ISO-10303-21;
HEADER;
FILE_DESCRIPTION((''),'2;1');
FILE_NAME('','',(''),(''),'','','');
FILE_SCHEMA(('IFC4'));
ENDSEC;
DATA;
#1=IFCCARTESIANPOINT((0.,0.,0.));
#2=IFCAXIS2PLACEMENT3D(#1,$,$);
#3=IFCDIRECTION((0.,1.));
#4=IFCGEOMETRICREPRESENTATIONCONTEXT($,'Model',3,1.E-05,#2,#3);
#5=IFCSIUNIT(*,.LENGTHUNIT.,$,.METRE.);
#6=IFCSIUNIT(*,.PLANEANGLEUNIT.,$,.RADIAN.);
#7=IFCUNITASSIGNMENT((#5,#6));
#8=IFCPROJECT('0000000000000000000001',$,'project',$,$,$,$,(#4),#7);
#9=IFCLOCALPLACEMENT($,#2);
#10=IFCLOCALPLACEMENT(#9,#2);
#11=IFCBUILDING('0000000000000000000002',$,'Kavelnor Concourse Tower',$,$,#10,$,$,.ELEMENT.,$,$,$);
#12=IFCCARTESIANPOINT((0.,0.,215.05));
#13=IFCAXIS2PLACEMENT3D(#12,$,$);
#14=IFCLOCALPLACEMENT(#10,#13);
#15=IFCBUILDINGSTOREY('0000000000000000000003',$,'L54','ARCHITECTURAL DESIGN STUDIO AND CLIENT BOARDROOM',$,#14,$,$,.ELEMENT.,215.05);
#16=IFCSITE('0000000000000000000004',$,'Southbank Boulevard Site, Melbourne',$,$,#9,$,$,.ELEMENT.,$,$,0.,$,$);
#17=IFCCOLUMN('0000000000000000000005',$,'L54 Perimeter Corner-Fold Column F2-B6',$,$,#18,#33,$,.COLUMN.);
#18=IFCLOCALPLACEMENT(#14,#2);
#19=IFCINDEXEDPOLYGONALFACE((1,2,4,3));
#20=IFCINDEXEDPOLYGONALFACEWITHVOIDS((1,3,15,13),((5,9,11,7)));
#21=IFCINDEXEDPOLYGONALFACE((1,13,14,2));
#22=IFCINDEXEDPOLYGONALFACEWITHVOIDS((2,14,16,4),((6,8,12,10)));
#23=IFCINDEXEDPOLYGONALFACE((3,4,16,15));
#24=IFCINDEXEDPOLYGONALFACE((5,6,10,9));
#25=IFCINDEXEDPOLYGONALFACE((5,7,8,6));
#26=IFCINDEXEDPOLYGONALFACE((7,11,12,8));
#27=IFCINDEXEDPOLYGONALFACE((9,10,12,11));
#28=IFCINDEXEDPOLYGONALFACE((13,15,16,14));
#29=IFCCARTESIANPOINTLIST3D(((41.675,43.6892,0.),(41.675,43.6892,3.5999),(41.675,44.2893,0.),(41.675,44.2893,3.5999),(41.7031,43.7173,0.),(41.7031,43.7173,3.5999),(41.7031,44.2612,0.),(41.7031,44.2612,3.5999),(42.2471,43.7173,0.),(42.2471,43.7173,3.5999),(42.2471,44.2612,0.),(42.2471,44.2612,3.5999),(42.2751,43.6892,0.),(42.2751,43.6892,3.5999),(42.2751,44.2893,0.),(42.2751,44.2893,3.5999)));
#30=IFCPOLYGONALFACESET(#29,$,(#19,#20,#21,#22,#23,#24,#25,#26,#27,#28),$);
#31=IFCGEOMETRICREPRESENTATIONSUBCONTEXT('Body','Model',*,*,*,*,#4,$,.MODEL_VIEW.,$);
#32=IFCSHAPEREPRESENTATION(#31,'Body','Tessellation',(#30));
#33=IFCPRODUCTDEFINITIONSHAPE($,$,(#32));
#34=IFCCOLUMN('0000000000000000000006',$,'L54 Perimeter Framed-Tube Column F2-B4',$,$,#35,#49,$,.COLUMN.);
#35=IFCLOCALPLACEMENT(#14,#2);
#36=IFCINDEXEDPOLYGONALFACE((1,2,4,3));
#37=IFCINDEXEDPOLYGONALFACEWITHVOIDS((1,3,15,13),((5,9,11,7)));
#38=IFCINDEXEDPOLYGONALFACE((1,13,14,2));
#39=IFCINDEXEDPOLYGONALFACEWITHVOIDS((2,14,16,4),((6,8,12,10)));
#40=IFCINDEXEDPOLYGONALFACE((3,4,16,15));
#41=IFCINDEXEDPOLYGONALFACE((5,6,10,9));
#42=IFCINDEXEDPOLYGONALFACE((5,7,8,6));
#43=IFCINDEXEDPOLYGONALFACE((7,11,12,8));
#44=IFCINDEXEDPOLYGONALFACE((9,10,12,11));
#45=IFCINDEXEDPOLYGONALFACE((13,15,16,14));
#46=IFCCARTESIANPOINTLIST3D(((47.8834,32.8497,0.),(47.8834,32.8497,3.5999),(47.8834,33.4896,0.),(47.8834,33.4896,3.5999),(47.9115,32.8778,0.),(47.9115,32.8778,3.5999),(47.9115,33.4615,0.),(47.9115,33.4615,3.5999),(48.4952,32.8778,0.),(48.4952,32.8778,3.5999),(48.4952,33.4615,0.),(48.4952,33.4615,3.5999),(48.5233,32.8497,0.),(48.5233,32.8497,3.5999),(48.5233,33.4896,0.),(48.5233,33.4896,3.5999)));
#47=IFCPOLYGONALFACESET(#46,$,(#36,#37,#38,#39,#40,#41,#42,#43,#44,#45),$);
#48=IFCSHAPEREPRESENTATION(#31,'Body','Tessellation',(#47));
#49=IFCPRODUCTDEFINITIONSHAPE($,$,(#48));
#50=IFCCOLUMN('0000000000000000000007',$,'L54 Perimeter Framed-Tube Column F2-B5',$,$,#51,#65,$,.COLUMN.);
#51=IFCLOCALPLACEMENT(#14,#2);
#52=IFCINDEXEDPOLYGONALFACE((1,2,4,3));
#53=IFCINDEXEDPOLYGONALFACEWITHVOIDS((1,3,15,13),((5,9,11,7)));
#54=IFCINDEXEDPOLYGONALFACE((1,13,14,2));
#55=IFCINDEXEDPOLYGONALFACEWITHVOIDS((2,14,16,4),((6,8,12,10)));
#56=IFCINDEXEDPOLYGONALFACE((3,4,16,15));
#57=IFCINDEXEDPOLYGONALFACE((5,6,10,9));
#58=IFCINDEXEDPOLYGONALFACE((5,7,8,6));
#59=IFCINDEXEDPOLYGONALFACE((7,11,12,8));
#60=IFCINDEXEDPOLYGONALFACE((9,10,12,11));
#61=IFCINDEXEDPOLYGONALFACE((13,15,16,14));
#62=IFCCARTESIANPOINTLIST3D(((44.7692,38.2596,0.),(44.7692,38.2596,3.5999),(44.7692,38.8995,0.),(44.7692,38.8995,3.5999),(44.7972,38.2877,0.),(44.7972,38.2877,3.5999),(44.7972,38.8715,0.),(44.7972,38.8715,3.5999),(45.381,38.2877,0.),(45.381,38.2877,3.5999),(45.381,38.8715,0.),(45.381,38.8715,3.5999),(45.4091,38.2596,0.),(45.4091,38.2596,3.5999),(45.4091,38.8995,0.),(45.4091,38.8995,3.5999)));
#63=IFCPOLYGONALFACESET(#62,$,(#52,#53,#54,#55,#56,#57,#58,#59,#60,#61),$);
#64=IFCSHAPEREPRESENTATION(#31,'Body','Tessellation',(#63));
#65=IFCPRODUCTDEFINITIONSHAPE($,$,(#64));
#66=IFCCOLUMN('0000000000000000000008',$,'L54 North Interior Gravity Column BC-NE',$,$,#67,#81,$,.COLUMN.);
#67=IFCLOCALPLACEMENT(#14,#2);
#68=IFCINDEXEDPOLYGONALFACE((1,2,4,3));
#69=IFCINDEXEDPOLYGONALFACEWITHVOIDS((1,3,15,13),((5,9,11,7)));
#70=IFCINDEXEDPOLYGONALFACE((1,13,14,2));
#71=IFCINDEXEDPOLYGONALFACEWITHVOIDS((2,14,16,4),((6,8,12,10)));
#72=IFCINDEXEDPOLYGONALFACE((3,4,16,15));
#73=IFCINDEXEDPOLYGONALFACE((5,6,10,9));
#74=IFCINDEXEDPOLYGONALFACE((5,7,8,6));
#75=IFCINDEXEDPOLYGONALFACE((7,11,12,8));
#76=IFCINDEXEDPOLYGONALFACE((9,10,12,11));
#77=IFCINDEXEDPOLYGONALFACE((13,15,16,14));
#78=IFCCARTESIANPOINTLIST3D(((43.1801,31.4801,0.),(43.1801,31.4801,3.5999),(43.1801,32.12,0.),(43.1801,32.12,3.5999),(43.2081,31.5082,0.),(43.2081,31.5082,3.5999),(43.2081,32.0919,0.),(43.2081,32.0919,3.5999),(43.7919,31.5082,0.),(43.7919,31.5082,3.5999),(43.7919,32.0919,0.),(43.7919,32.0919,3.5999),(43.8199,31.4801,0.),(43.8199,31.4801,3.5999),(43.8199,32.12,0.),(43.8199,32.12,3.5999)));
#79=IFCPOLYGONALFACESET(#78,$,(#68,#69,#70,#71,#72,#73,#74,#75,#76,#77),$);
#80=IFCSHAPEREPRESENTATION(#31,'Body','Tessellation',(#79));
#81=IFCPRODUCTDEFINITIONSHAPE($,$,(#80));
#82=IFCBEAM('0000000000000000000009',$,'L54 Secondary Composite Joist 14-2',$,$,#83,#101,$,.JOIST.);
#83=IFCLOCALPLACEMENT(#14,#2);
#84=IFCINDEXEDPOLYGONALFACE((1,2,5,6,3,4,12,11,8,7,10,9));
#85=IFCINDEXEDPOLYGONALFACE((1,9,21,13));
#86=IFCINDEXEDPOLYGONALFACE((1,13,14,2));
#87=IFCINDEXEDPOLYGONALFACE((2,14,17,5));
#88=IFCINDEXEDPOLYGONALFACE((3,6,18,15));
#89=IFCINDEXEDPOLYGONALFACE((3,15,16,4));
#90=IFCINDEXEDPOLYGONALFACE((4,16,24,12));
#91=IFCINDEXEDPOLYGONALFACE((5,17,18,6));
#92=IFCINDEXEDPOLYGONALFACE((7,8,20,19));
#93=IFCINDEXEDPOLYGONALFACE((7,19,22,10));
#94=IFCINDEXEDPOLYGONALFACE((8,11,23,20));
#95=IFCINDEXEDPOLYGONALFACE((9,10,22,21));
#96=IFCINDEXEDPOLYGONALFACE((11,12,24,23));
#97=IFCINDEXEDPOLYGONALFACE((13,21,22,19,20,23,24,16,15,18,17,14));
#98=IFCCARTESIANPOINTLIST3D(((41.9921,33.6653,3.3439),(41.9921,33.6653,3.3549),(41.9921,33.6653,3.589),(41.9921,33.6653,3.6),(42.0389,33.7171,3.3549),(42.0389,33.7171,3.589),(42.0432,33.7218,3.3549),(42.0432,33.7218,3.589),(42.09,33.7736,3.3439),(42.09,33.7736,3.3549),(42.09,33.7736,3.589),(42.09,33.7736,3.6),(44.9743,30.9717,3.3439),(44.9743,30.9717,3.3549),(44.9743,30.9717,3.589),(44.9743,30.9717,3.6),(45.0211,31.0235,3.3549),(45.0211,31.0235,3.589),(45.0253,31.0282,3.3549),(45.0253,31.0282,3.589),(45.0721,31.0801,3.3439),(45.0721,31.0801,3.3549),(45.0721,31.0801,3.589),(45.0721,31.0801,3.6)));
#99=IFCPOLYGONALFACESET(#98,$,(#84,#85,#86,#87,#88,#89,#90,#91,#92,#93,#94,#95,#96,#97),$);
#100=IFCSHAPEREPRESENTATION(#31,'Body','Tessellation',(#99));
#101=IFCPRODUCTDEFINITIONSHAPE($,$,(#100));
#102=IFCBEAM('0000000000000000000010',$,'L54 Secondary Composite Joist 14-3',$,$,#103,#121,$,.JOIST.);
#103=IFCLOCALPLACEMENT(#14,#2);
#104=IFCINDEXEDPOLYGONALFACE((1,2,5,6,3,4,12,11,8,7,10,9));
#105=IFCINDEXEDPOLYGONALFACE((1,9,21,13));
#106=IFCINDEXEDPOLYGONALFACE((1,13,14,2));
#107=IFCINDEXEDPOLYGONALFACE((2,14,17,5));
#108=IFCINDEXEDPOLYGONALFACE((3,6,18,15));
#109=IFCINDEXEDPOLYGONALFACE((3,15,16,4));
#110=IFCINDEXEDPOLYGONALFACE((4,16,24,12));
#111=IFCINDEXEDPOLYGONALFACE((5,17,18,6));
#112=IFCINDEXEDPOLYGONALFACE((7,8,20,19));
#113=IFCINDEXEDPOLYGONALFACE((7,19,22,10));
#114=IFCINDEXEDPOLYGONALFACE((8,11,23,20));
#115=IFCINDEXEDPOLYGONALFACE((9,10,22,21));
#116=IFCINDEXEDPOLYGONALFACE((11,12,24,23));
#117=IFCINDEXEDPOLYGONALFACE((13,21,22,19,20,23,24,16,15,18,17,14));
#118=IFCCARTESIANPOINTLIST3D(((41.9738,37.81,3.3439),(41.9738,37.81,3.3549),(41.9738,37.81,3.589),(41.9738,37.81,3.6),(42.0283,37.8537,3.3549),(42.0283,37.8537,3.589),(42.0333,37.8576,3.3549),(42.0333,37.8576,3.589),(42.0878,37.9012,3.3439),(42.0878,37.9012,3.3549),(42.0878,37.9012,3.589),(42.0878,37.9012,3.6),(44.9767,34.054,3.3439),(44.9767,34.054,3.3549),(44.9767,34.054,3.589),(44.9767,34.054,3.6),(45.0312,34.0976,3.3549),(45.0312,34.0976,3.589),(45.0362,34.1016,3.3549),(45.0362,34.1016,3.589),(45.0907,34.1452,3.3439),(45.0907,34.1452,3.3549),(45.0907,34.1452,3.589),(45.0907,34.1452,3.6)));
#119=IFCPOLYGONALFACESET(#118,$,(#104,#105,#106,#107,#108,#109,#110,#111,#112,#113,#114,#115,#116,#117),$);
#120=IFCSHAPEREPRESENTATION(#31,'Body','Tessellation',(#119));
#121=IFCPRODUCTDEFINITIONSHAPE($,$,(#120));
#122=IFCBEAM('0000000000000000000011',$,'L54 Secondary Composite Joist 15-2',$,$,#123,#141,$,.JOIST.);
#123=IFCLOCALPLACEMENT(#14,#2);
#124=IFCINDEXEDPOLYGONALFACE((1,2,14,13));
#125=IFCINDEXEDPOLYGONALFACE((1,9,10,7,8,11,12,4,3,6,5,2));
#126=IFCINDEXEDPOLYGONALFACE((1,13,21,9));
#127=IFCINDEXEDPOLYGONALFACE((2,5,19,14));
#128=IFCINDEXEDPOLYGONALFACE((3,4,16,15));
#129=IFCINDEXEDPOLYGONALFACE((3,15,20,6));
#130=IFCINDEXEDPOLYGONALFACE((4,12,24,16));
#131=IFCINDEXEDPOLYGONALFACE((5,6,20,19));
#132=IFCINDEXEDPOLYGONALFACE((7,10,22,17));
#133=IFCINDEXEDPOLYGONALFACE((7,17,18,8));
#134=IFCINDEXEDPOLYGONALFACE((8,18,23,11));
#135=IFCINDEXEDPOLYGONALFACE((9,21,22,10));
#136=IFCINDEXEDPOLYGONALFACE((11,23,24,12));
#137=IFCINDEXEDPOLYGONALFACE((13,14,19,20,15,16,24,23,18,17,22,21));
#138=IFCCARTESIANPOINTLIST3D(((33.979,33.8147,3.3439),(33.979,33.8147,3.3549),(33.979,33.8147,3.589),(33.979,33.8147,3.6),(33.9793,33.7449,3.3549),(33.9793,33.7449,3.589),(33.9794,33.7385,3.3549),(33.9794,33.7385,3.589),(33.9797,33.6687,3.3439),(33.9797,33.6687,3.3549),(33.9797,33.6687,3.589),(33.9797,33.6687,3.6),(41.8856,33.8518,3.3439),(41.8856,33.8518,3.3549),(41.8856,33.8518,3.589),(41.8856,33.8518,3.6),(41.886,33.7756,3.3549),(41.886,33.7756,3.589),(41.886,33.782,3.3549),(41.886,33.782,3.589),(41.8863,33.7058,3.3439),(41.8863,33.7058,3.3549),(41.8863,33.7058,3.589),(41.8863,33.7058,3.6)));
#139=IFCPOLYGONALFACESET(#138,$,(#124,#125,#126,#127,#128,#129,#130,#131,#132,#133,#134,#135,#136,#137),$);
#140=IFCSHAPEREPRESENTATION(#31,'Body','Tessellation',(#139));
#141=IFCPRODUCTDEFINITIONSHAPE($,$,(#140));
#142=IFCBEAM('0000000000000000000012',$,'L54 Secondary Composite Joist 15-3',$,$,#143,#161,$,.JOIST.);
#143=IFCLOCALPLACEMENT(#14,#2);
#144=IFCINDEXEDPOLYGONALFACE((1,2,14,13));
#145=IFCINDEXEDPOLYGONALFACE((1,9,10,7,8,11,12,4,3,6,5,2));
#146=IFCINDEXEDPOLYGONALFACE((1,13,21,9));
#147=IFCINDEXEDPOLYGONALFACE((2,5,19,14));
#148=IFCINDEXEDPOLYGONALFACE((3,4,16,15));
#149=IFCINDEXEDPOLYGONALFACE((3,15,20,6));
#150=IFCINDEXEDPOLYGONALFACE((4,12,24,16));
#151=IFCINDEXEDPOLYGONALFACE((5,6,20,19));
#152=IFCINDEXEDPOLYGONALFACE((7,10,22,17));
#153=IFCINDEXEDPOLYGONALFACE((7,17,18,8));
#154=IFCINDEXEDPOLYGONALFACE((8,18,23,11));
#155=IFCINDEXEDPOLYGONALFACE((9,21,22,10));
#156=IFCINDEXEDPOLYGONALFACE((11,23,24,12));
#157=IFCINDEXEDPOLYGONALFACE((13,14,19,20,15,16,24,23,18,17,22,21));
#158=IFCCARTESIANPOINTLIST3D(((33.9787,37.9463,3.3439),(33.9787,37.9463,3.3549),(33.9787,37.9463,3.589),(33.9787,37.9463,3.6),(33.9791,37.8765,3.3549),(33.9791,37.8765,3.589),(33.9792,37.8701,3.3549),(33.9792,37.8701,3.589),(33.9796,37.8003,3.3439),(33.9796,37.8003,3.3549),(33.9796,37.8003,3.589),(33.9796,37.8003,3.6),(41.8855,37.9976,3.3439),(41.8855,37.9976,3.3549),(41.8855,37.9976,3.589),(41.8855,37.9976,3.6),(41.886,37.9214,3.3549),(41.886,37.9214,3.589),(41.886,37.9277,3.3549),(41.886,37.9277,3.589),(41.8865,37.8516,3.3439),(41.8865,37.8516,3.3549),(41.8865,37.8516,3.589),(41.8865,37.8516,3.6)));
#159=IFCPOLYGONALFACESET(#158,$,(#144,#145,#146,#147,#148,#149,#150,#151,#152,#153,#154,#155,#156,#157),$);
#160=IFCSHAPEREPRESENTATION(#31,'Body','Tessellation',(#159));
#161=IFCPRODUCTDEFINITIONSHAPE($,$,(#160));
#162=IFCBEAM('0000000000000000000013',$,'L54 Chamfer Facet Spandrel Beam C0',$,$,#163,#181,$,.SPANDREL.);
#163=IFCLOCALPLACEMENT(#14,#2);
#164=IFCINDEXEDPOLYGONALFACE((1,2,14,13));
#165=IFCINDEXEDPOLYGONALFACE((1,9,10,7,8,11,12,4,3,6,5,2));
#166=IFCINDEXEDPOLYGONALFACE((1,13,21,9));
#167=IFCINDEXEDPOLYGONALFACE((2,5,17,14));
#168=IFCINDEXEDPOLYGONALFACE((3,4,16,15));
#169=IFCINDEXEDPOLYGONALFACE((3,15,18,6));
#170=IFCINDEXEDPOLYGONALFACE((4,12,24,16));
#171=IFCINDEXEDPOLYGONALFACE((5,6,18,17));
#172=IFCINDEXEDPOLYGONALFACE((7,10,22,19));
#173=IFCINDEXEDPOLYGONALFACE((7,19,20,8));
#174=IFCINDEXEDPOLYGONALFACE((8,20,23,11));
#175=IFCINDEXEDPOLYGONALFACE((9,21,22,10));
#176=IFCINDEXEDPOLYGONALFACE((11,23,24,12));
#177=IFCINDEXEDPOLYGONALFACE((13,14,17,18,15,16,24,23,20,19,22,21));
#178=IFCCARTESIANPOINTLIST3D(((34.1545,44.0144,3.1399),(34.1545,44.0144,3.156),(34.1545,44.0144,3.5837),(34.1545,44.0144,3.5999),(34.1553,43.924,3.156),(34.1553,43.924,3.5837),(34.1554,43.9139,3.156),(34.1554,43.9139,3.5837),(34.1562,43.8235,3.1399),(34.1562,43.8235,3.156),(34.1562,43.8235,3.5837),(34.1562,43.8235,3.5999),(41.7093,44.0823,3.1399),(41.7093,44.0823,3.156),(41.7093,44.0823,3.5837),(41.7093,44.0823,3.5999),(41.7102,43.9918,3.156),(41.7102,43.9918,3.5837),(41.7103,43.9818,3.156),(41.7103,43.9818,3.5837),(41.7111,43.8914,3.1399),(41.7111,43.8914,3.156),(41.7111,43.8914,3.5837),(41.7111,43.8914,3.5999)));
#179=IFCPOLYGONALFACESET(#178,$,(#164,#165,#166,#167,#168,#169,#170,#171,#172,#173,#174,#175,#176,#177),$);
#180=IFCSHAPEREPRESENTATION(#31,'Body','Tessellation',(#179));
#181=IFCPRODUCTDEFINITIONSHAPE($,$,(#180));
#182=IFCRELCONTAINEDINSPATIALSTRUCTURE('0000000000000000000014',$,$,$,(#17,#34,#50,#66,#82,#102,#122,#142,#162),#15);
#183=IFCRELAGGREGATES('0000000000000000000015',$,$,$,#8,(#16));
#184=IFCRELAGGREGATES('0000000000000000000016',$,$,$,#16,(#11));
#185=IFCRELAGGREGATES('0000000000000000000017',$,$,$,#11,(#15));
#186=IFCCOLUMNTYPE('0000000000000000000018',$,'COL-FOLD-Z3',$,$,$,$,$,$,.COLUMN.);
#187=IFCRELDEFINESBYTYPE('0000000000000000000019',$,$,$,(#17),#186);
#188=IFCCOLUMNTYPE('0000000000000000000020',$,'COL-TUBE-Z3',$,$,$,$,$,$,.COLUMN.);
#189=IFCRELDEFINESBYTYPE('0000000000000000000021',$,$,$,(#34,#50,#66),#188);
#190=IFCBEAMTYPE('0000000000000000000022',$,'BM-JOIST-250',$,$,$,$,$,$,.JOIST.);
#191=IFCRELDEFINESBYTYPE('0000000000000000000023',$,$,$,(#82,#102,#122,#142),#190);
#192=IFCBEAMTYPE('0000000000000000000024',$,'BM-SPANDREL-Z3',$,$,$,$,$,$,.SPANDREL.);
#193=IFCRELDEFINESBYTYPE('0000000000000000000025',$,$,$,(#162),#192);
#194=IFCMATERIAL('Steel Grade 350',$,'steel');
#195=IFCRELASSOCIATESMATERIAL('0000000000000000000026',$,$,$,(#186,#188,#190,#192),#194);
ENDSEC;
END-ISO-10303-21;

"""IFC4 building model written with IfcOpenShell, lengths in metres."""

from ifc_helpers import new_model, si_unit, direction, frame, origin, origin_2d, place, context, subcontext, project, spatial, hollow_rectangle, i_section, extrude, material, material_profile, profile_set, type_object, element, save


model = new_model("IFC4")

# Units and contexts
model_context = context("Model", 3, precision=1e-05, world=origin(), true_north=direction((0.0, 1.0)))
body_context = subcontext(model_context, "Body", "Model", "MODEL_VIEW")
ifc_project = project(units=[si_unit("LENGTHUNIT", "METRE"), si_unit("PLANEANGLEUNIT", "RADIAN")], contexts=[model_context])

# Site, building, storey
site_placement = place(None, origin())
site = spatial("IfcSite", under=ifc_project, at=site_placement, Name="Southbank Boulevard Site, Melbourne", CompositionType="ELEMENT", RefElevation=0.0)
building_placement = place(site_placement, origin())
building = spatial("IfcBuilding", under=site, at=building_placement, Name="Kavelnor Concourse Tower", CompositionType="ELEMENT")
storey_placement = place(building_placement, frame((0.0, 0.0, 215.05)))
storey = spatial("IfcBuildingStorey", under=building, at=storey_placement, Name="L54", Description="ARCHITECTURAL DESIGN STUDIO AND CLIENT BOARDROOM", CompositionType="ELEMENT", Elevation=215.05)

# Columns
ifc_material_1 = material(Name="Steel Grade 350", Category="steel")
ifc_material_profile_1 = material_profile(ifc_material_1, hollow_rectangle(XDim=0.6001, YDim=0.6001, WallThickness=0.0281, at=origin_2d()), Name="SHS 600x600x28")
ifc_profile_set_1 = profile_set([ifc_material_profile_1], Name="Steel Grade 350")
column_type_1 = type_object("IfcColumnType", Name="COL-FOLD-Z3", PredefinedType="COLUMN", material=ifc_profile_set_1)
column_placement = place(storey_placement, frame((41.9751, 43.9893, 0.0), z_axis=(0.0, 0.0, 1.0), x_axis=(1.0, 0.0, 0.0)))
element("IfcColumn", 1, at=column_placement, inside=storey, type_object=column_type_1, Name="L54 Perimeter Corner-Fold Column F2-B6", PredefinedType="COLUMN", context=body_context, shape_type="SweptSolid", body=[
    extrude(hollow_rectangle(XDim=0.6001, YDim=0.6001, WallThickness=0.0281, at=origin_2d()), origin(), (0.0, 0.0, 1.0), 3.5999),
])
ifc_material_profile_2 = material_profile(ifc_material_1, hollow_rectangle(XDim=0.6399, YDim=0.6399, WallThickness=0.0281, at=origin_2d()), Name="SHS 640x640x28")
ifc_profile_set_2 = profile_set([ifc_material_profile_2], Name="Steel Grade 350")
column_type_2 = type_object("IfcColumnType", Name="COL-TUBE-Z3", PredefinedType="COLUMN", material=ifc_profile_set_2)
for number, where, z_axis, x_axis, name in (
    (2, (48.2034, 33.1697, 0.0), (0.0, 0.0, 1.0), (1.0, 0.0, 0.0), "L54 Perimeter Framed-Tube Column F2-B4"),
    (3, (45.0891, 38.5796, 0.0), (0.0, 0.0, 1.0), (1.0, 0.0, 0.0), "L54 Perimeter Framed-Tube Column F2-B5"),
    (4, (43.5, 31.8, 0.0), (0.0, 0.0, 1.0), (1.0, 0.0, 0.0), "L54 North Interior Gravity Column BC-NE"),
):
    element("IfcColumn", number, at=place(storey_placement, frame(where, z_axis=z_axis, x_axis=x_axis)), inside=storey, type_object=column_type_2, Name=name, PredefinedType="COLUMN", context=body_context, shape_type="SweptSolid", body=[
        extrude(hollow_rectangle(XDim=0.6399, YDim=0.6399, WallThickness=0.0281, at=origin_2d()), origin(), (0.0, 0.0, 1.0), 3.5999),
    ])

# Beams
ifc_material_profile_3 = material_profile(ifc_material_1, i_section(OverallWidth=0.146, OverallDepth=0.2561, WebThickness=0.0063, FlangeThickness=0.011, at=origin_2d()), Name="250UB37")
ifc_profile_set_3 = profile_set([ifc_material_profile_3], Name="Steel Grade 350")
beam_type_1 = type_object("IfcBeamType", Name="BM-JOIST-250", PredefinedType="JOIST", material=ifc_profile_set_3)
beam_1_placement = place(storey_placement, frame((45.0232, 31.0259, 3.4719), z_axis=(-0.7421, 0.670289, 0.0), x_axis=(-0.670289, -0.7421, 0.0)))
element("IfcBeam", 5, at=beam_1_placement, inside=storey, type_object=beam_type_1, Name="L54 Secondary Composite Joist 14-2", PredefinedType="JOIST", context=body_context, shape_type="SweptSolid", body=[
    extrude(i_section(OverallWidth=0.146, OverallDepth=0.2561, WebThickness=0.0063, FlangeThickness=0.011, at=origin_2d()), origin(), (0.0, 0.0, 1.0), 4.0186),
])
beam_2_placement = place(storey_placement, frame((45.0337, 34.0996, 3.4719), z_axis=(-0.624447, 0.781067, 0.0), x_axis=(-0.781067, -0.624447, 0.0)))
element("IfcBeam", 6, at=beam_2_placement, inside=storey, type_object=beam_type_1, Name="L54 Secondary Composite Joist 14-3", PredefinedType="JOIST", context=body_context, shape_type="SweptSolid", body=[
    extrude(i_section(OverallWidth=0.146, OverallDepth=0.2561, WebThickness=0.0063, FlangeThickness=0.011, at=origin_2d()), origin(), (0.0, 0.0, 1.0), 4.8088),
])
beam_3_placement = place(storey_placement, frame((41.886, 33.7788, 3.4719), z_axis=(-0.999989, -0.004693, 0.0), x_axis=(0.004693, -0.999989, 0.0)))
element("IfcBeam", 7, at=beam_3_placement, inside=storey, type_object=beam_type_1, Name="L54 Secondary Composite Joist 15-2", PredefinedType="JOIST", context=body_context, shape_type="SweptSolid", body=[
    extrude(i_section(OverallWidth=0.146, OverallDepth=0.2561, WebThickness=0.0063, FlangeThickness=0.011, at=origin_2d()), origin(), (0.0, 0.0, 1.0), 7.9067),
])
beam_4_placement = place(storey_placement, frame((41.886, 37.9246, 3.4719), z_axis=(-0.999979, -0.006484, 0.0), x_axis=(0.006484, -0.999979, 0.0)))
element("IfcBeam", 8, at=beam_4_placement, inside=storey, type_object=beam_type_1, Name="L54 Secondary Composite Joist 15-3", PredefinedType="JOIST", context=body_context, shape_type="SweptSolid", body=[
    extrude(i_section(OverallWidth=0.146, OverallDepth=0.2561, WebThickness=0.0063, FlangeThickness=0.011, at=origin_2d()), origin(), (0.0, 0.0, 1.0), 7.907),
])
ifc_material_profile_4 = material_profile(ifc_material_1, i_section(OverallWidth=0.1909, OverallDepth=0.46, WebThickness=0.01, FlangeThickness=0.0161, at=origin_2d()), Name="460UB82")
ifc_profile_set_4 = profile_set([ifc_material_profile_4], Name="Steel Grade 350")
beam_type_2 = type_object("IfcBeamType", Name="BM-SPANDREL-Z3", PredefinedType="SPANDREL", material=ifc_profile_set_4)
beam_5_placement = place(storey_placement, frame((41.7102, 43.9868, 3.3699), z_axis=(-0.99996, -0.008983, 0.0), x_axis=(0.008983, -0.99996, 0.0)))
element("IfcBeam", 9, at=beam_5_placement, inside=storey, type_object=beam_type_2, Name="L54 Chamfer Facet Spandrel Beam C0", PredefinedType="SPANDREL", context=body_context, shape_type="SweptSolid", body=[
    extrude(i_section(OverallWidth=0.1909, OverallDepth=0.46, WebThickness=0.01, FlangeThickness=0.0161, at=origin_2d()), origin(), (0.0, 0.0, 1.0), 7.5552),
])

save(model, "model.ifc")
